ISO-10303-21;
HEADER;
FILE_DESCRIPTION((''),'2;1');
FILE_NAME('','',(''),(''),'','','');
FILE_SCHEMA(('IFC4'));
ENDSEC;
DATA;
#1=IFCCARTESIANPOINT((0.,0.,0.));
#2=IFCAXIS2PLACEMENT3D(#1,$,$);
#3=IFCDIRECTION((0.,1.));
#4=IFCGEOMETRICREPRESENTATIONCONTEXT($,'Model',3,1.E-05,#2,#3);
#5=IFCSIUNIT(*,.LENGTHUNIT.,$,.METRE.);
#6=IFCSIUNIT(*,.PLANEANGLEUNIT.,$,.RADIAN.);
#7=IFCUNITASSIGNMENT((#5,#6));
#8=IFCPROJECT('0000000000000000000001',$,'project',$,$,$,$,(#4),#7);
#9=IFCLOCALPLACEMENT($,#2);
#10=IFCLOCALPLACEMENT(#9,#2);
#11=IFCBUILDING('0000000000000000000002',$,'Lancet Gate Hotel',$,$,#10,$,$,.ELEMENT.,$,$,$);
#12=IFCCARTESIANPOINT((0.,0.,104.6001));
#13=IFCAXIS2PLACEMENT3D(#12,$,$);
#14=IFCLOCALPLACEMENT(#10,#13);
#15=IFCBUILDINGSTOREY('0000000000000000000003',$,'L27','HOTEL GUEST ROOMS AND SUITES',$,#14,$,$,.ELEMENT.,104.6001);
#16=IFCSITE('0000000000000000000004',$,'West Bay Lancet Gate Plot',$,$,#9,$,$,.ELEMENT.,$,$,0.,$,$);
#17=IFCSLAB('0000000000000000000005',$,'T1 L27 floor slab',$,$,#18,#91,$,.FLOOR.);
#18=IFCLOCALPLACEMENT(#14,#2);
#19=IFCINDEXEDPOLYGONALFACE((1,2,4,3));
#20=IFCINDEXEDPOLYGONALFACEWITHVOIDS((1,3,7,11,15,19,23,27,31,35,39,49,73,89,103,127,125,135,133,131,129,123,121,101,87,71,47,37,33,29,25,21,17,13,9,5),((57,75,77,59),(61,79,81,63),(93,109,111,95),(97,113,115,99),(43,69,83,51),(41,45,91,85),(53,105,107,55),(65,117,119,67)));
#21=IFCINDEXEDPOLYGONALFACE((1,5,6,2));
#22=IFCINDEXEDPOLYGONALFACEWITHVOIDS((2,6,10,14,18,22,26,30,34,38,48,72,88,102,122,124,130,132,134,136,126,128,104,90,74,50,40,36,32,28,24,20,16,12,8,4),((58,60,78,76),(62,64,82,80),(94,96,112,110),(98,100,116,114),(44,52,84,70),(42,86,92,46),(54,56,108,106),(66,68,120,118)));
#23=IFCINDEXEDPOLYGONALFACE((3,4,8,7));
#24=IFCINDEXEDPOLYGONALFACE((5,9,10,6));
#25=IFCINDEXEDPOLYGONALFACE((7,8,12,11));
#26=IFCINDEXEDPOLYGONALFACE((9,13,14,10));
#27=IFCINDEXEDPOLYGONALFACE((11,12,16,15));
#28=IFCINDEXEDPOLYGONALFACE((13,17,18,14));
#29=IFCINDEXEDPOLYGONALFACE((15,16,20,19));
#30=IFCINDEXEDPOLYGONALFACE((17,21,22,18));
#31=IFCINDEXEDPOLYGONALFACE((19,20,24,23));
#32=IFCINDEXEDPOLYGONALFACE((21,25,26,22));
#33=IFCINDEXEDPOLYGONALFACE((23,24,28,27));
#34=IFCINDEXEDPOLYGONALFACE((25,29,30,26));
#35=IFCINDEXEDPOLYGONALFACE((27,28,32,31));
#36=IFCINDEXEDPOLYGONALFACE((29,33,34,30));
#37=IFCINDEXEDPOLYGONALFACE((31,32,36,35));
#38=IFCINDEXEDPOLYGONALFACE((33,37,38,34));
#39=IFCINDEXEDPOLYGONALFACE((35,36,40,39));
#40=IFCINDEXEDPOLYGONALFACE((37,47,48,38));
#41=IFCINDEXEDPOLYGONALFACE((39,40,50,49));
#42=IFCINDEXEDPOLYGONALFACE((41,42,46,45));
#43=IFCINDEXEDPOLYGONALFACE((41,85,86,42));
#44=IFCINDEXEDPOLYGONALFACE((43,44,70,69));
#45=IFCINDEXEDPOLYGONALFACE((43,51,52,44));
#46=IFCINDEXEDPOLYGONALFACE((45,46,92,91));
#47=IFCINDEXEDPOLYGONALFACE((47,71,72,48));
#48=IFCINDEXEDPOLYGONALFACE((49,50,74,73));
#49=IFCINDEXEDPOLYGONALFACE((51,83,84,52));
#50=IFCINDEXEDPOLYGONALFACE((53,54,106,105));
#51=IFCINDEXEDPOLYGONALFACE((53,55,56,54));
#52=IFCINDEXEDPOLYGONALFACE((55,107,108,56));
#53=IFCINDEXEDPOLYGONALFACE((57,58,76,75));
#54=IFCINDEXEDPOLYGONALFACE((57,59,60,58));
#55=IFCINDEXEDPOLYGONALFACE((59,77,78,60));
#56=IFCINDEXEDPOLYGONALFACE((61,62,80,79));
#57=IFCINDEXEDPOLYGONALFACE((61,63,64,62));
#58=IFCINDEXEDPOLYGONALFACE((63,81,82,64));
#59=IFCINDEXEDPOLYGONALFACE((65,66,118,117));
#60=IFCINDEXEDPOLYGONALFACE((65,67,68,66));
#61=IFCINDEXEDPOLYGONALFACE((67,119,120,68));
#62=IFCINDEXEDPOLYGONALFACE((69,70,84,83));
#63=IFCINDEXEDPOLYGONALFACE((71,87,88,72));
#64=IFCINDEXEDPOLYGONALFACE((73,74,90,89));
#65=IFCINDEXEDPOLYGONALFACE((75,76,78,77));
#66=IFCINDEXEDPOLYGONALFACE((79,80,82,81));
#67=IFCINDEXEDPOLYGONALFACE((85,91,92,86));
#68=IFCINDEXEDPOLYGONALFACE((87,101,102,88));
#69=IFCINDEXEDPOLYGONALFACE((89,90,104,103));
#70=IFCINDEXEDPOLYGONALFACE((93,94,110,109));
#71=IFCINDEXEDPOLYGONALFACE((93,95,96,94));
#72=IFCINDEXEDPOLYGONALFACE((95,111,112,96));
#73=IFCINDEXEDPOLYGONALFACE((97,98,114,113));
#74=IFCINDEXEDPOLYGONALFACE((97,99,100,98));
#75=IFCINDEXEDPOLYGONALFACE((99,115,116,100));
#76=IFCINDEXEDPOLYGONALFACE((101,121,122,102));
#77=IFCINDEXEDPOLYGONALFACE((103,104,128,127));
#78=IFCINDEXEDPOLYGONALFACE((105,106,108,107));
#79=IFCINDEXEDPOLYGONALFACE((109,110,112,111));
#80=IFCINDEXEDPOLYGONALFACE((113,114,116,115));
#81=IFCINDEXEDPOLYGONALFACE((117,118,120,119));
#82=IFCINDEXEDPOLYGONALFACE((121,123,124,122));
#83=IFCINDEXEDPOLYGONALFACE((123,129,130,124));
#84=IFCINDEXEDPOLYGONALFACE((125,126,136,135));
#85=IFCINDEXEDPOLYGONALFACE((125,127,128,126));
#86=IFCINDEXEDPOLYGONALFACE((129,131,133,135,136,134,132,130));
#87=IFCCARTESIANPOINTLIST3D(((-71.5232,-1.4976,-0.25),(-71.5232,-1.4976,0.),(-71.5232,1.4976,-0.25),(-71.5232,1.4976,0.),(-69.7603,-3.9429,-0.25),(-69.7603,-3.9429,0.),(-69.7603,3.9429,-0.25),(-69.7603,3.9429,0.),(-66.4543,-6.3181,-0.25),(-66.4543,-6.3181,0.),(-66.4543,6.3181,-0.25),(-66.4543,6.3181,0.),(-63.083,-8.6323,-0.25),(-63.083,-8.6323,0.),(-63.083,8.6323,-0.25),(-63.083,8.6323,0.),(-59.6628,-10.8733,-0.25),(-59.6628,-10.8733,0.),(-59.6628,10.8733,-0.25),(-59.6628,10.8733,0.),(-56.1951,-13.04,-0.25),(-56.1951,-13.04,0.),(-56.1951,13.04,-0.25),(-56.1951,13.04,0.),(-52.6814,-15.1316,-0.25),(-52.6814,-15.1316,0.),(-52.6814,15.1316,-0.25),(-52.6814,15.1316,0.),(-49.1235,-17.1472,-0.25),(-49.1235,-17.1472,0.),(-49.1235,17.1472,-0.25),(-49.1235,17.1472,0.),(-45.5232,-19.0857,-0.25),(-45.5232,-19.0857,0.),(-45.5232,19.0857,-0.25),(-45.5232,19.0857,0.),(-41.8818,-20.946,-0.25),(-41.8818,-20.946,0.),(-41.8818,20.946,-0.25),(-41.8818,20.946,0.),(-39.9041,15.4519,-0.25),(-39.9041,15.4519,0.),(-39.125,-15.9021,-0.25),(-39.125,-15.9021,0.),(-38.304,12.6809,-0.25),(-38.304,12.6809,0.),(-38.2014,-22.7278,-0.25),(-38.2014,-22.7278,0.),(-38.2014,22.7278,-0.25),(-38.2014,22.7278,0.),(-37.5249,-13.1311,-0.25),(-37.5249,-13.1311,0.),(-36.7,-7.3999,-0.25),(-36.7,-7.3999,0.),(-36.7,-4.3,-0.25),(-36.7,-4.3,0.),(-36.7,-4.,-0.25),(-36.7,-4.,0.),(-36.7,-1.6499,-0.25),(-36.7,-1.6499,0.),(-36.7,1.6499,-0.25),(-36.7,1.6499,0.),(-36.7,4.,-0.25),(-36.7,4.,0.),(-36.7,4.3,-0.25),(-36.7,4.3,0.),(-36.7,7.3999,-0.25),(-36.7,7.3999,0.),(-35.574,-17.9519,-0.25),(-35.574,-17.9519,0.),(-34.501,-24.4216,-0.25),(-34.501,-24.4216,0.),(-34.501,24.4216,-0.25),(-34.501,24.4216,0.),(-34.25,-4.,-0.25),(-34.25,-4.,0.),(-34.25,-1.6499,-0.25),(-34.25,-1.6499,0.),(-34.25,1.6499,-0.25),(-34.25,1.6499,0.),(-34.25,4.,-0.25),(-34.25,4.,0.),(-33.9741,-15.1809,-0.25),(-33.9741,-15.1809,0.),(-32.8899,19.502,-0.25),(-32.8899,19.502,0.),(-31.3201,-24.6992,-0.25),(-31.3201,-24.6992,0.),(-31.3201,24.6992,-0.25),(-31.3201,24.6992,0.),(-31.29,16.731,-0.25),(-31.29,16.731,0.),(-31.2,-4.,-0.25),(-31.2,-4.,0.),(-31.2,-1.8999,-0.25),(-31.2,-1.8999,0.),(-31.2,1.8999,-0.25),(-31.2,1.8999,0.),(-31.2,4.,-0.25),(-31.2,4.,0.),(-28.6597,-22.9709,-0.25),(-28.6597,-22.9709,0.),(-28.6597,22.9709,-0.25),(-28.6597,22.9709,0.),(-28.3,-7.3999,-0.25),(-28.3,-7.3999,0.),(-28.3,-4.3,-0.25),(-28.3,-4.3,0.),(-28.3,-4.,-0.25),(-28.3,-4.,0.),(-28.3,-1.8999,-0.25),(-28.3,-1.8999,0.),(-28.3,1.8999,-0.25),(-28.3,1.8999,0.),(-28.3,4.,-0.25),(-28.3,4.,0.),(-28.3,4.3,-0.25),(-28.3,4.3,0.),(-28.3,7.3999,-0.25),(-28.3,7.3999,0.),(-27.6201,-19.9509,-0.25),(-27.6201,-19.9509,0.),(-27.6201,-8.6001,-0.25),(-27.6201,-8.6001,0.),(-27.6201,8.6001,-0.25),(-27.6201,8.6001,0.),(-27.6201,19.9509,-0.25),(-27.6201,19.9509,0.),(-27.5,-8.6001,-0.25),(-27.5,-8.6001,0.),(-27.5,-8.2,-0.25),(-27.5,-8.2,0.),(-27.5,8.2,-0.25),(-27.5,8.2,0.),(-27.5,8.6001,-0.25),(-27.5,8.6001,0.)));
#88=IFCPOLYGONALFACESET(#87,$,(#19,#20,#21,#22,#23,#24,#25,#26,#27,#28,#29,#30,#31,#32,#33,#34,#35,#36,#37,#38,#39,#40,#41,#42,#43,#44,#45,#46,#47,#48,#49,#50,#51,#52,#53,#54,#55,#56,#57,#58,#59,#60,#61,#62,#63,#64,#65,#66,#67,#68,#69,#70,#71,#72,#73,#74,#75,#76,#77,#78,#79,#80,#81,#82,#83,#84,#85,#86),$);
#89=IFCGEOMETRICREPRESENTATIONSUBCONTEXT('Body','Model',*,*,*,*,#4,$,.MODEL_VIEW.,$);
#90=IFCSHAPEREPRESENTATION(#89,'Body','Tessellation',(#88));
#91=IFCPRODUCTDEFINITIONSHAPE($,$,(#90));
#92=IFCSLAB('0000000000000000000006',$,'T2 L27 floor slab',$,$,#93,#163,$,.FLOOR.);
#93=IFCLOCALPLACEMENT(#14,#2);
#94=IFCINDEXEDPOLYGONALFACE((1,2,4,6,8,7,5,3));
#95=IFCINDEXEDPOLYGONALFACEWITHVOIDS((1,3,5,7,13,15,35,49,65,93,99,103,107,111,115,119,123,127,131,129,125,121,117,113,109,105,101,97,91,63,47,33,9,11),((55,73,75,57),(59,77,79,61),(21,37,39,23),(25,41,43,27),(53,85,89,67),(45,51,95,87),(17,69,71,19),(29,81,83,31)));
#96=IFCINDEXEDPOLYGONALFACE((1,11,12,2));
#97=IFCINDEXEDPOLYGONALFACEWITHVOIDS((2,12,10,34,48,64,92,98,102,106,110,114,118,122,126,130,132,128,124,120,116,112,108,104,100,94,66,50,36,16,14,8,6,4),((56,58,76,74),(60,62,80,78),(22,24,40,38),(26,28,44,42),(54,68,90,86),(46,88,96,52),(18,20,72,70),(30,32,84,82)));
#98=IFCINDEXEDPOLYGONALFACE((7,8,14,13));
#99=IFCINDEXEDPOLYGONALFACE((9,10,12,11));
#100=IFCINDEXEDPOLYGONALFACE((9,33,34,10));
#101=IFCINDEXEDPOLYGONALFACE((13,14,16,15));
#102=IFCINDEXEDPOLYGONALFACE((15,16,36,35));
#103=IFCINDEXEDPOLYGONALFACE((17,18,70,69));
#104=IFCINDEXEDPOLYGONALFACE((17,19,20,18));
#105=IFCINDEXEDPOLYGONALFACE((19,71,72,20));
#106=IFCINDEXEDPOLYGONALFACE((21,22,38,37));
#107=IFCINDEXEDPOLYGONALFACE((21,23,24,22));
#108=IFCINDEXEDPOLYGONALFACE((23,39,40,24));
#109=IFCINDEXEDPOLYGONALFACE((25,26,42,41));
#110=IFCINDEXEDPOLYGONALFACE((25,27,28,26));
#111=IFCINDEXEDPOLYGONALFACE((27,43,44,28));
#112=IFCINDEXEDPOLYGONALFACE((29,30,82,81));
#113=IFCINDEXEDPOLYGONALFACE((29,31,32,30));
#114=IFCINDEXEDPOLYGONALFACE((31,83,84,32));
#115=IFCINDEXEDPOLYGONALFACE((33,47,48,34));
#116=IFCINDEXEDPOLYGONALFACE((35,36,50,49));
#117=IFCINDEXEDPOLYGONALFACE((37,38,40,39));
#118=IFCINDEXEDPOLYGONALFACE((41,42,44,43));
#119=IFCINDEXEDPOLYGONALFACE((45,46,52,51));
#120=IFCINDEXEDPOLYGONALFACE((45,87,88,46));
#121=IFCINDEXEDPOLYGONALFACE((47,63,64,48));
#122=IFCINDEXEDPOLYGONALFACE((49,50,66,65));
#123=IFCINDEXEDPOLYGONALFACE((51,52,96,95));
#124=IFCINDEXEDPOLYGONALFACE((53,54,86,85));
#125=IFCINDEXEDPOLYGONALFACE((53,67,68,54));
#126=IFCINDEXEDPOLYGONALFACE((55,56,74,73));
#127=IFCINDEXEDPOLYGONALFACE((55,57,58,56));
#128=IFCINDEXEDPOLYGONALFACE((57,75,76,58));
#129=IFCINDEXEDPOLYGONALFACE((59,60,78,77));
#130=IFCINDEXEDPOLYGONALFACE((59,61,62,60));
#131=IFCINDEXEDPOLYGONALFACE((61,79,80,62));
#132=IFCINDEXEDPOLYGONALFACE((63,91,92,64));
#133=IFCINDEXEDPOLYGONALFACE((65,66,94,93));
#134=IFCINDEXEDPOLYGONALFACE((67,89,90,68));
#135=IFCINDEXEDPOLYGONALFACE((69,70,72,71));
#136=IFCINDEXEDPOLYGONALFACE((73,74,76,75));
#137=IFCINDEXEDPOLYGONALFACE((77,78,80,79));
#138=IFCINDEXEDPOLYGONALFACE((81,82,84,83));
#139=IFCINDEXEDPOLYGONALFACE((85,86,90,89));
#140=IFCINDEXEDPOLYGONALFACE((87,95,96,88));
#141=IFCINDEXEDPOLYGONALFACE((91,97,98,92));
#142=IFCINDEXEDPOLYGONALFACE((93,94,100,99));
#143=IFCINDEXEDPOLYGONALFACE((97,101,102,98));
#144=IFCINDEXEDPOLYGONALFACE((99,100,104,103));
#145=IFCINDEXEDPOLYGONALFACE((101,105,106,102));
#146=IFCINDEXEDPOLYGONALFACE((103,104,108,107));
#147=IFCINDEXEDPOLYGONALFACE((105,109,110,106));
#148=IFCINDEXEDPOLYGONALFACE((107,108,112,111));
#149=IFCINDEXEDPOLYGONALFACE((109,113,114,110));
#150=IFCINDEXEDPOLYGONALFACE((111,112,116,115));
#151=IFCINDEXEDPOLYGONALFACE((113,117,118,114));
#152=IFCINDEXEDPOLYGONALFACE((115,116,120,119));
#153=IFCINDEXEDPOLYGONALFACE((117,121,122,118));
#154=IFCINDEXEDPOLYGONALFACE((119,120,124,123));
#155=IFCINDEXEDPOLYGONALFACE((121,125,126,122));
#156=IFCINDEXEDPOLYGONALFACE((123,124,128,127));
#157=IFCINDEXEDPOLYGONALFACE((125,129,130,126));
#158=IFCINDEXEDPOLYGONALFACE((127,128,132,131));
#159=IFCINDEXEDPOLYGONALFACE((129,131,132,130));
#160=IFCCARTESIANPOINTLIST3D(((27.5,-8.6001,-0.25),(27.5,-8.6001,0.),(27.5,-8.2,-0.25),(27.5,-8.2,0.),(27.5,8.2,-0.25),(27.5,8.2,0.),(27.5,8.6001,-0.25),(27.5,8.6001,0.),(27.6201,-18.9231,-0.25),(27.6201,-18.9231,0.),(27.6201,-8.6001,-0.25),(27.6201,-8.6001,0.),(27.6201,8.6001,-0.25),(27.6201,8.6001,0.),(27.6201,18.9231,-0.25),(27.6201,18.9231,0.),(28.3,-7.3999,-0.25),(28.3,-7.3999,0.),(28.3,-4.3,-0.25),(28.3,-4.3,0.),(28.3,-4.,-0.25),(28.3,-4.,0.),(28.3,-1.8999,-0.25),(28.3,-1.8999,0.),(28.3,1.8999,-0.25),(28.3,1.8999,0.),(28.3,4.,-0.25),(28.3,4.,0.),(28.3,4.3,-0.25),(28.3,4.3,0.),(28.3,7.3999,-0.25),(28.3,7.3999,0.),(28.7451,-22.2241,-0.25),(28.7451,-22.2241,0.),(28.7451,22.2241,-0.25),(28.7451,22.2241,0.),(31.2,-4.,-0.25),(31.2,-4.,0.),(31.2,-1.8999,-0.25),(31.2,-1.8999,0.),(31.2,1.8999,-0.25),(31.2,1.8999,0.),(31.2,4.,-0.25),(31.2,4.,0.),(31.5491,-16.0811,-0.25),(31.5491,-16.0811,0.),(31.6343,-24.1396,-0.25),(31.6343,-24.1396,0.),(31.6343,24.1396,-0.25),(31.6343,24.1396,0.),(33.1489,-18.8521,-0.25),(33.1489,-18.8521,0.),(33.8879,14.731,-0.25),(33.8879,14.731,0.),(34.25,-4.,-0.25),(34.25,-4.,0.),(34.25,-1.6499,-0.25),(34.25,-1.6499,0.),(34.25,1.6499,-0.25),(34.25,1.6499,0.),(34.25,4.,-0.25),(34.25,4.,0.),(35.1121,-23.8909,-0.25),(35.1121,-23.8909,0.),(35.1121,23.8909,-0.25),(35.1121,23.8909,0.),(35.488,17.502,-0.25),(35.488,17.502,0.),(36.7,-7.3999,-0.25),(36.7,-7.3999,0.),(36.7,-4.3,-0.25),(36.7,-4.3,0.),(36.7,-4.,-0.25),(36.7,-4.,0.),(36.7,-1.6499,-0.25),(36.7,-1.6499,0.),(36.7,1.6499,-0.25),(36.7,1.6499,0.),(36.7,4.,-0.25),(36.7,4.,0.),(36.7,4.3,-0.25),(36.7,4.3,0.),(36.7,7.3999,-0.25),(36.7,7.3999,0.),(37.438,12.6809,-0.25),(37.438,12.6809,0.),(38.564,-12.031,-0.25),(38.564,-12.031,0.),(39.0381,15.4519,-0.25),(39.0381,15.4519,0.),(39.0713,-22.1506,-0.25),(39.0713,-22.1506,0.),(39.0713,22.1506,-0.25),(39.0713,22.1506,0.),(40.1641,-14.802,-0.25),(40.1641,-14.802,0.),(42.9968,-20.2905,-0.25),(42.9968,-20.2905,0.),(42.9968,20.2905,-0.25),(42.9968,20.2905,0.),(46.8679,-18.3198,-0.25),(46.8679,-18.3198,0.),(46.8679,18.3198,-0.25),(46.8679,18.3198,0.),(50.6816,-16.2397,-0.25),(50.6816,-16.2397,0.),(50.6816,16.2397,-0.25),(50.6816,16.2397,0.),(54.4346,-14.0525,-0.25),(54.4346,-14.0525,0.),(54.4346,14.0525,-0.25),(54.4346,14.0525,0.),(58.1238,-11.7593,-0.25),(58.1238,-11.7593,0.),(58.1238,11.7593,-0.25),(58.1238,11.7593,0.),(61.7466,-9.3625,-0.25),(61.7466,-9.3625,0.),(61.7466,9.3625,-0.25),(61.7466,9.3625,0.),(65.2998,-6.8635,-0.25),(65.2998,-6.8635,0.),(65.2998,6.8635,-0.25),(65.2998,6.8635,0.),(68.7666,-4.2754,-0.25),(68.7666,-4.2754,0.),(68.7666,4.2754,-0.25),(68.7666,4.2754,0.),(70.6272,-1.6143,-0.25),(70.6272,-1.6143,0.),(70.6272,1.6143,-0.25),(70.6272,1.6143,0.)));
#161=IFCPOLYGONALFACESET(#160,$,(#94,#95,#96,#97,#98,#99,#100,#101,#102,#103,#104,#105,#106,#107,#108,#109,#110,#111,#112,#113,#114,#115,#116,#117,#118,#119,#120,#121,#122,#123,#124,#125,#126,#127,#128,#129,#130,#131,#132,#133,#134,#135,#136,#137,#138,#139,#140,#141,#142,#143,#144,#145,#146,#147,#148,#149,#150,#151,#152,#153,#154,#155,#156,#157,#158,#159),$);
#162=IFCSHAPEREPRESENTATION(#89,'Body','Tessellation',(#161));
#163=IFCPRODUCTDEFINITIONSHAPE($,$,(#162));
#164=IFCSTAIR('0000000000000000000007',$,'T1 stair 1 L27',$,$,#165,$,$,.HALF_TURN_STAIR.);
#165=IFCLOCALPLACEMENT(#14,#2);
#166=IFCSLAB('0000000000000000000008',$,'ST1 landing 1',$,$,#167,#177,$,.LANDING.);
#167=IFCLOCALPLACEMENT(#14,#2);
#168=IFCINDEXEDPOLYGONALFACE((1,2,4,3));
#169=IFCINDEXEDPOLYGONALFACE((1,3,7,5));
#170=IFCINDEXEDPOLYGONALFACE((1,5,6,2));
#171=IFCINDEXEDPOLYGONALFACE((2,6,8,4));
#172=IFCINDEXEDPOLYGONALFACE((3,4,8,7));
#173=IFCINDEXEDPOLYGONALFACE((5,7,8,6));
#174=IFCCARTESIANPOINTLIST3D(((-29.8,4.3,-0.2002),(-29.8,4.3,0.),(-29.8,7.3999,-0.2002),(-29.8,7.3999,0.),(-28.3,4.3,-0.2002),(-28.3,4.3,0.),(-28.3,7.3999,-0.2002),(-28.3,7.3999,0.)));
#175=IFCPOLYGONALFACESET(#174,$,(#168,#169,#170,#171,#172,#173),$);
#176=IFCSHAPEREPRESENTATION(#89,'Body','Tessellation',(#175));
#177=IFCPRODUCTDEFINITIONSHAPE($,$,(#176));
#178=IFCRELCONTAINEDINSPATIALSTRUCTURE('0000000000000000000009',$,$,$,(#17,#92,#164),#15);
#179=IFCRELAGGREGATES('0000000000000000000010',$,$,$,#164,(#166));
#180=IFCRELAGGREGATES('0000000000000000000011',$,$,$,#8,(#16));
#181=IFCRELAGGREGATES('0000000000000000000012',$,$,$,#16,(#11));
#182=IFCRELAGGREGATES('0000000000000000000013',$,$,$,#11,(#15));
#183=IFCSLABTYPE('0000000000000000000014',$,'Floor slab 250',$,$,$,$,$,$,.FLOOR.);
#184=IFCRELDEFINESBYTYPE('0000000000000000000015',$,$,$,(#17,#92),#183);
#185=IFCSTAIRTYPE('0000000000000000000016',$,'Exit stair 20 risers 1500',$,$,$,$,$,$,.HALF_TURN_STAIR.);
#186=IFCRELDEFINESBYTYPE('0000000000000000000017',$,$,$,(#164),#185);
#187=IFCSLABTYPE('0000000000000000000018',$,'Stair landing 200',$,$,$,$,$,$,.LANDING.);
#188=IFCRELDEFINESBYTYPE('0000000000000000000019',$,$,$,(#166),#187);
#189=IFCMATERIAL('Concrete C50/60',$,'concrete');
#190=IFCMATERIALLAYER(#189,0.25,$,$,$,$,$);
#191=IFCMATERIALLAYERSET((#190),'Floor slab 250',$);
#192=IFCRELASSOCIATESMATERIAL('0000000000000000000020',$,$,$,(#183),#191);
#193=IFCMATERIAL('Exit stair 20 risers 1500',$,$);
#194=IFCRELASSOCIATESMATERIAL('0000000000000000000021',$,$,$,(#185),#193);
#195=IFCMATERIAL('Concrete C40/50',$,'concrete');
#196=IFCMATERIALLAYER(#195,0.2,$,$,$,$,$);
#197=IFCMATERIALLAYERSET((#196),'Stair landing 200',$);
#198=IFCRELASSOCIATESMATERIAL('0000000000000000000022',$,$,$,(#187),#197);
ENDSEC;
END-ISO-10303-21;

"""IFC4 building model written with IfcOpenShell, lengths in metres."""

from ifc_helpers import new_model, si_unit, direction, frame, origin, place, context, subcontext, project, spatial, polyline, outline, extrude, material, layer, layer_set, type_object, element, aggregate, save


model = new_model("IFC4")

# Units and contexts
model_context = context("Model", 3, precision=1e-05, world=origin(), true_north=direction((0.0, 1.0)))
body_context = subcontext(model_context, "Body", "Model", "MODEL_VIEW")
ifc_project = project(units=[si_unit("LENGTHUNIT", "METRE"), si_unit("PLANEANGLEUNIT", "RADIAN")], contexts=[model_context])

# Site, building, storey
site_placement = place(None, origin())
site = spatial("IfcSite", under=ifc_project, at=site_placement, Name="West Bay Lancet Gate Plot", CompositionType="ELEMENT", RefElevation=0.0)
building_placement = place(site_placement, origin())
building = spatial("IfcBuilding", under=site, at=building_placement, Name="Lancet Gate Hotel", CompositionType="ELEMENT")
storey_placement = place(building_placement, frame((0.0, 0.0, 104.6001)))
storey = spatial("IfcBuildingStorey", under=building, at=storey_placement, Name="L27", Description="HOTEL GUEST ROOMS AND SUITES", CompositionType="ELEMENT", Elevation=104.6001)

# Slabs
ifc_material_1 = material(Name="Concrete C50/60", Category="concrete")
ifc_layer_1 = layer(ifc_material_1, 0.25)
ifc_layer_set_1 = layer_set([ifc_layer_1], Name="Floor slab 250")
slab_type_1 = type_object("IfcSlabType", Name="Floor slab 250", PredefinedType="FLOOR", material=ifc_layer_set_1)
slab_1_placement = place(storey_placement, frame((0.0, 0.0, -0.25)))
element("IfcSlab", 1, at=slab_1_placement, inside=storey, type_object=slab_type_1, Name="T1 L27 floor slab", PredefinedType="FLOOR", context=body_context, shape_type="SweptSolid", body=[
    extrude(outline(polyline([(-27.5, 8.6001), (-27.6201, 8.6001), (-27.6201, 19.9509), (-28.6597, 22.9709), (-31.3201, 24.6992), (-34.501, 24.4216), (-38.2014, 22.7278), (-41.8818, 20.946), (-45.5232, 19.0857), (-49.1235, 17.1472), (-52.6814, 15.1316), (-56.1951, 13.04), (-59.6628, 10.8733), (-63.083, 8.6323), (-66.4543, 6.3181), (-69.7603, 3.9429), (-71.5232, 1.4976), (-71.5232, -1.4976), (-69.7603, -3.9429), (-66.4543, -6.3181), (-63.083, -8.6323), (-59.6628, -10.8733), (-56.1951, -13.04), (-52.6814, -15.1316), (-49.1235, -17.1472), (-45.5232, -19.0857), (-41.8818, -20.946), (-38.2014, -22.7278), (-34.501, -24.4216), (-31.3201, -24.6992), (-28.6597, -22.9709), (-27.6201, -19.9509), (-27.6201, -8.6001), (-27.5, -8.6001), (-27.5, -8.2), (-27.5, 8.2), (-27.5, 8.6001)]), holes=[polyline([(-36.7, 7.3999), (-36.7, 4.3), (-28.3, 4.3), (-28.3, 7.3999), (-36.7, 7.3999)]), polyline([(-28.3, 4.0), (-31.2, 4.0), (-31.2, 1.8999), (-28.3, 1.8999), (-28.3, 4.0)]), polyline([(-34.25, 4.0), (-36.7, 4.0), (-36.7, 1.6499), (-34.25, 1.6499), (-34.25, 4.0)]), polyline([(-36.7, -1.6499), (-36.7, -4.0), (-34.25, -4.0), (-34.25, -1.6499), (-36.7, -1.6499)]), polyline([(-28.3, -1.8999), (-31.2, -1.8999), (-31.2, -4.0), (-28.3, -4.0), (-28.3, -1.8999)]), polyline([(-28.3, -4.3), (-36.7, -4.3), (-36.7, -7.3999), (-28.3, -7.3999), (-28.3, -4.3)]), polyline([(-31.29, 16.731), (-32.8899, 19.502), (-39.9041, 15.4519), (-38.304, 12.6809), (-31.29, 16.731)]), polyline([(-33.9741, -15.1809), (-37.5249, -13.1311), (-39.125, -15.9021), (-35.574, -17.9519), (-33.9741, -15.1809)])]), origin(), (0.0, 0.0, 1.0), 0.25),
])
slab_2_placement = place(storey_placement, frame((0.0, 0.0, -0.25)))
element("IfcSlab", 2, at=slab_2_placement, inside=storey, type_object=slab_type_1, Name="T2 L27 floor slab", PredefinedType="FLOOR", context=body_context, shape_type="SweptSolid", body=[
    extrude(outline(polyline([(27.5, -8.6001), (27.6201, -8.6001), (27.6201, -18.9231), (28.7451, -22.2241), (31.6343, -24.1396), (35.1121, -23.8909), (39.0713, -22.1506), (42.9968, -20.2905), (46.8679, -18.3198), (50.6816, -16.2397), (54.4346, -14.0525), (58.1238, -11.7593), (61.7466, -9.3625), (65.2998, -6.8635), (68.7666, -4.2754), (70.6272, -1.6143), (70.6272, 1.6143), (68.7666, 4.2754), (65.2998, 6.8635), (61.7466, 9.3625), (58.1238, 11.7593), (54.4346, 14.0525), (50.6816, 16.2397), (46.8679, 18.3198), (42.9968, 20.2905), (39.0713, 22.1506), (35.1121, 23.8909), (31.6343, 24.1396), (28.7451, 22.2241), (27.6201, 18.9231), (27.6201, 8.6001), (27.5, 8.6001), (27.5, 8.2), (27.5, -8.2), (27.5, -8.6001)]), holes=[polyline([(36.7, -7.3999), (36.7, -4.3), (28.3, -4.3), (28.3, -7.3999), (36.7, -7.3999)]), polyline([(28.3, -4.0), (31.2, -4.0), (31.2, -1.8999), (28.3, -1.8999), (28.3, -4.0)]), polyline([(34.25, -4.0), (36.7, -4.0), (36.7, -1.6499), (34.25, -1.6499), (34.25, -4.0)]), polyline([(36.7, 1.6499), (36.7, 4.0), (34.25, 4.0), (34.25, 1.6499), (36.7, 1.6499)]), polyline([(28.3, 1.8999), (31.2, 1.8999), (31.2, 4.0), (28.3, 4.0), (28.3, 1.8999)]), polyline([(28.3, 4.3), (36.7, 4.3), (36.7, 7.3999), (28.3, 7.3999), (28.3, 4.3)]), polyline([(31.5491, -16.0811), (33.1489, -18.8521), (40.1641, -14.802), (38.564, -12.031), (31.5491, -16.0811)]), polyline([(33.8879, 14.731), (37.438, 12.6809), (39.0381, 15.4519), (35.488, 17.502), (33.8879, 14.731)])]), origin(), (0.0, 0.0, 1.0), 0.25),
])

# Stair, slab
ifc_material_2 = material(Name="Exit stair 20 risers 1500")
stair_type = type_object("IfcStairType", Name="Exit stair 20 risers 1500", PredefinedType="HALF_TURN_STAIR", material=ifc_material_2)
stair_1_placement = place(storey_placement, origin())
stair_1 = element("IfcStair", 3, at=stair_1_placement, inside=storey, type_object=stair_type, Name="T1 stair 1 L27", PredefinedType="HALF_TURN_STAIR")
ifc_material_3 = material(Name="Concrete C40/50", Category="concrete")
ifc_layer_2 = layer(ifc_material_3, 0.2)
ifc_layer_set_2 = layer_set([ifc_layer_2], Name="Stair landing 200")
slab_type_2 = type_object("IfcSlabType", Name="Stair landing 200", PredefinedType="LANDING", material=ifc_layer_set_2)
slab_3_placement = place(storey_placement, frame((0.0, 0.0, -0.2002)))
slab_3 = element("IfcSlab", 4, at=slab_3_placement, type_object=slab_type_2, Name="ST1 landing 1", PredefinedType="LANDING", context=body_context, shape_type="SweptSolid", body=[
    extrude(outline(polyline([(-28.3, 7.3999), (-29.8, 7.3999), (-29.8, 4.3), (-28.3, 4.3), (-28.3, 7.3999)])), origin(), (0.0, 0.0, 1.0), 0.2002),
])
aggregate(stair_1, [slab_3])

save(model, "model.ifc")
